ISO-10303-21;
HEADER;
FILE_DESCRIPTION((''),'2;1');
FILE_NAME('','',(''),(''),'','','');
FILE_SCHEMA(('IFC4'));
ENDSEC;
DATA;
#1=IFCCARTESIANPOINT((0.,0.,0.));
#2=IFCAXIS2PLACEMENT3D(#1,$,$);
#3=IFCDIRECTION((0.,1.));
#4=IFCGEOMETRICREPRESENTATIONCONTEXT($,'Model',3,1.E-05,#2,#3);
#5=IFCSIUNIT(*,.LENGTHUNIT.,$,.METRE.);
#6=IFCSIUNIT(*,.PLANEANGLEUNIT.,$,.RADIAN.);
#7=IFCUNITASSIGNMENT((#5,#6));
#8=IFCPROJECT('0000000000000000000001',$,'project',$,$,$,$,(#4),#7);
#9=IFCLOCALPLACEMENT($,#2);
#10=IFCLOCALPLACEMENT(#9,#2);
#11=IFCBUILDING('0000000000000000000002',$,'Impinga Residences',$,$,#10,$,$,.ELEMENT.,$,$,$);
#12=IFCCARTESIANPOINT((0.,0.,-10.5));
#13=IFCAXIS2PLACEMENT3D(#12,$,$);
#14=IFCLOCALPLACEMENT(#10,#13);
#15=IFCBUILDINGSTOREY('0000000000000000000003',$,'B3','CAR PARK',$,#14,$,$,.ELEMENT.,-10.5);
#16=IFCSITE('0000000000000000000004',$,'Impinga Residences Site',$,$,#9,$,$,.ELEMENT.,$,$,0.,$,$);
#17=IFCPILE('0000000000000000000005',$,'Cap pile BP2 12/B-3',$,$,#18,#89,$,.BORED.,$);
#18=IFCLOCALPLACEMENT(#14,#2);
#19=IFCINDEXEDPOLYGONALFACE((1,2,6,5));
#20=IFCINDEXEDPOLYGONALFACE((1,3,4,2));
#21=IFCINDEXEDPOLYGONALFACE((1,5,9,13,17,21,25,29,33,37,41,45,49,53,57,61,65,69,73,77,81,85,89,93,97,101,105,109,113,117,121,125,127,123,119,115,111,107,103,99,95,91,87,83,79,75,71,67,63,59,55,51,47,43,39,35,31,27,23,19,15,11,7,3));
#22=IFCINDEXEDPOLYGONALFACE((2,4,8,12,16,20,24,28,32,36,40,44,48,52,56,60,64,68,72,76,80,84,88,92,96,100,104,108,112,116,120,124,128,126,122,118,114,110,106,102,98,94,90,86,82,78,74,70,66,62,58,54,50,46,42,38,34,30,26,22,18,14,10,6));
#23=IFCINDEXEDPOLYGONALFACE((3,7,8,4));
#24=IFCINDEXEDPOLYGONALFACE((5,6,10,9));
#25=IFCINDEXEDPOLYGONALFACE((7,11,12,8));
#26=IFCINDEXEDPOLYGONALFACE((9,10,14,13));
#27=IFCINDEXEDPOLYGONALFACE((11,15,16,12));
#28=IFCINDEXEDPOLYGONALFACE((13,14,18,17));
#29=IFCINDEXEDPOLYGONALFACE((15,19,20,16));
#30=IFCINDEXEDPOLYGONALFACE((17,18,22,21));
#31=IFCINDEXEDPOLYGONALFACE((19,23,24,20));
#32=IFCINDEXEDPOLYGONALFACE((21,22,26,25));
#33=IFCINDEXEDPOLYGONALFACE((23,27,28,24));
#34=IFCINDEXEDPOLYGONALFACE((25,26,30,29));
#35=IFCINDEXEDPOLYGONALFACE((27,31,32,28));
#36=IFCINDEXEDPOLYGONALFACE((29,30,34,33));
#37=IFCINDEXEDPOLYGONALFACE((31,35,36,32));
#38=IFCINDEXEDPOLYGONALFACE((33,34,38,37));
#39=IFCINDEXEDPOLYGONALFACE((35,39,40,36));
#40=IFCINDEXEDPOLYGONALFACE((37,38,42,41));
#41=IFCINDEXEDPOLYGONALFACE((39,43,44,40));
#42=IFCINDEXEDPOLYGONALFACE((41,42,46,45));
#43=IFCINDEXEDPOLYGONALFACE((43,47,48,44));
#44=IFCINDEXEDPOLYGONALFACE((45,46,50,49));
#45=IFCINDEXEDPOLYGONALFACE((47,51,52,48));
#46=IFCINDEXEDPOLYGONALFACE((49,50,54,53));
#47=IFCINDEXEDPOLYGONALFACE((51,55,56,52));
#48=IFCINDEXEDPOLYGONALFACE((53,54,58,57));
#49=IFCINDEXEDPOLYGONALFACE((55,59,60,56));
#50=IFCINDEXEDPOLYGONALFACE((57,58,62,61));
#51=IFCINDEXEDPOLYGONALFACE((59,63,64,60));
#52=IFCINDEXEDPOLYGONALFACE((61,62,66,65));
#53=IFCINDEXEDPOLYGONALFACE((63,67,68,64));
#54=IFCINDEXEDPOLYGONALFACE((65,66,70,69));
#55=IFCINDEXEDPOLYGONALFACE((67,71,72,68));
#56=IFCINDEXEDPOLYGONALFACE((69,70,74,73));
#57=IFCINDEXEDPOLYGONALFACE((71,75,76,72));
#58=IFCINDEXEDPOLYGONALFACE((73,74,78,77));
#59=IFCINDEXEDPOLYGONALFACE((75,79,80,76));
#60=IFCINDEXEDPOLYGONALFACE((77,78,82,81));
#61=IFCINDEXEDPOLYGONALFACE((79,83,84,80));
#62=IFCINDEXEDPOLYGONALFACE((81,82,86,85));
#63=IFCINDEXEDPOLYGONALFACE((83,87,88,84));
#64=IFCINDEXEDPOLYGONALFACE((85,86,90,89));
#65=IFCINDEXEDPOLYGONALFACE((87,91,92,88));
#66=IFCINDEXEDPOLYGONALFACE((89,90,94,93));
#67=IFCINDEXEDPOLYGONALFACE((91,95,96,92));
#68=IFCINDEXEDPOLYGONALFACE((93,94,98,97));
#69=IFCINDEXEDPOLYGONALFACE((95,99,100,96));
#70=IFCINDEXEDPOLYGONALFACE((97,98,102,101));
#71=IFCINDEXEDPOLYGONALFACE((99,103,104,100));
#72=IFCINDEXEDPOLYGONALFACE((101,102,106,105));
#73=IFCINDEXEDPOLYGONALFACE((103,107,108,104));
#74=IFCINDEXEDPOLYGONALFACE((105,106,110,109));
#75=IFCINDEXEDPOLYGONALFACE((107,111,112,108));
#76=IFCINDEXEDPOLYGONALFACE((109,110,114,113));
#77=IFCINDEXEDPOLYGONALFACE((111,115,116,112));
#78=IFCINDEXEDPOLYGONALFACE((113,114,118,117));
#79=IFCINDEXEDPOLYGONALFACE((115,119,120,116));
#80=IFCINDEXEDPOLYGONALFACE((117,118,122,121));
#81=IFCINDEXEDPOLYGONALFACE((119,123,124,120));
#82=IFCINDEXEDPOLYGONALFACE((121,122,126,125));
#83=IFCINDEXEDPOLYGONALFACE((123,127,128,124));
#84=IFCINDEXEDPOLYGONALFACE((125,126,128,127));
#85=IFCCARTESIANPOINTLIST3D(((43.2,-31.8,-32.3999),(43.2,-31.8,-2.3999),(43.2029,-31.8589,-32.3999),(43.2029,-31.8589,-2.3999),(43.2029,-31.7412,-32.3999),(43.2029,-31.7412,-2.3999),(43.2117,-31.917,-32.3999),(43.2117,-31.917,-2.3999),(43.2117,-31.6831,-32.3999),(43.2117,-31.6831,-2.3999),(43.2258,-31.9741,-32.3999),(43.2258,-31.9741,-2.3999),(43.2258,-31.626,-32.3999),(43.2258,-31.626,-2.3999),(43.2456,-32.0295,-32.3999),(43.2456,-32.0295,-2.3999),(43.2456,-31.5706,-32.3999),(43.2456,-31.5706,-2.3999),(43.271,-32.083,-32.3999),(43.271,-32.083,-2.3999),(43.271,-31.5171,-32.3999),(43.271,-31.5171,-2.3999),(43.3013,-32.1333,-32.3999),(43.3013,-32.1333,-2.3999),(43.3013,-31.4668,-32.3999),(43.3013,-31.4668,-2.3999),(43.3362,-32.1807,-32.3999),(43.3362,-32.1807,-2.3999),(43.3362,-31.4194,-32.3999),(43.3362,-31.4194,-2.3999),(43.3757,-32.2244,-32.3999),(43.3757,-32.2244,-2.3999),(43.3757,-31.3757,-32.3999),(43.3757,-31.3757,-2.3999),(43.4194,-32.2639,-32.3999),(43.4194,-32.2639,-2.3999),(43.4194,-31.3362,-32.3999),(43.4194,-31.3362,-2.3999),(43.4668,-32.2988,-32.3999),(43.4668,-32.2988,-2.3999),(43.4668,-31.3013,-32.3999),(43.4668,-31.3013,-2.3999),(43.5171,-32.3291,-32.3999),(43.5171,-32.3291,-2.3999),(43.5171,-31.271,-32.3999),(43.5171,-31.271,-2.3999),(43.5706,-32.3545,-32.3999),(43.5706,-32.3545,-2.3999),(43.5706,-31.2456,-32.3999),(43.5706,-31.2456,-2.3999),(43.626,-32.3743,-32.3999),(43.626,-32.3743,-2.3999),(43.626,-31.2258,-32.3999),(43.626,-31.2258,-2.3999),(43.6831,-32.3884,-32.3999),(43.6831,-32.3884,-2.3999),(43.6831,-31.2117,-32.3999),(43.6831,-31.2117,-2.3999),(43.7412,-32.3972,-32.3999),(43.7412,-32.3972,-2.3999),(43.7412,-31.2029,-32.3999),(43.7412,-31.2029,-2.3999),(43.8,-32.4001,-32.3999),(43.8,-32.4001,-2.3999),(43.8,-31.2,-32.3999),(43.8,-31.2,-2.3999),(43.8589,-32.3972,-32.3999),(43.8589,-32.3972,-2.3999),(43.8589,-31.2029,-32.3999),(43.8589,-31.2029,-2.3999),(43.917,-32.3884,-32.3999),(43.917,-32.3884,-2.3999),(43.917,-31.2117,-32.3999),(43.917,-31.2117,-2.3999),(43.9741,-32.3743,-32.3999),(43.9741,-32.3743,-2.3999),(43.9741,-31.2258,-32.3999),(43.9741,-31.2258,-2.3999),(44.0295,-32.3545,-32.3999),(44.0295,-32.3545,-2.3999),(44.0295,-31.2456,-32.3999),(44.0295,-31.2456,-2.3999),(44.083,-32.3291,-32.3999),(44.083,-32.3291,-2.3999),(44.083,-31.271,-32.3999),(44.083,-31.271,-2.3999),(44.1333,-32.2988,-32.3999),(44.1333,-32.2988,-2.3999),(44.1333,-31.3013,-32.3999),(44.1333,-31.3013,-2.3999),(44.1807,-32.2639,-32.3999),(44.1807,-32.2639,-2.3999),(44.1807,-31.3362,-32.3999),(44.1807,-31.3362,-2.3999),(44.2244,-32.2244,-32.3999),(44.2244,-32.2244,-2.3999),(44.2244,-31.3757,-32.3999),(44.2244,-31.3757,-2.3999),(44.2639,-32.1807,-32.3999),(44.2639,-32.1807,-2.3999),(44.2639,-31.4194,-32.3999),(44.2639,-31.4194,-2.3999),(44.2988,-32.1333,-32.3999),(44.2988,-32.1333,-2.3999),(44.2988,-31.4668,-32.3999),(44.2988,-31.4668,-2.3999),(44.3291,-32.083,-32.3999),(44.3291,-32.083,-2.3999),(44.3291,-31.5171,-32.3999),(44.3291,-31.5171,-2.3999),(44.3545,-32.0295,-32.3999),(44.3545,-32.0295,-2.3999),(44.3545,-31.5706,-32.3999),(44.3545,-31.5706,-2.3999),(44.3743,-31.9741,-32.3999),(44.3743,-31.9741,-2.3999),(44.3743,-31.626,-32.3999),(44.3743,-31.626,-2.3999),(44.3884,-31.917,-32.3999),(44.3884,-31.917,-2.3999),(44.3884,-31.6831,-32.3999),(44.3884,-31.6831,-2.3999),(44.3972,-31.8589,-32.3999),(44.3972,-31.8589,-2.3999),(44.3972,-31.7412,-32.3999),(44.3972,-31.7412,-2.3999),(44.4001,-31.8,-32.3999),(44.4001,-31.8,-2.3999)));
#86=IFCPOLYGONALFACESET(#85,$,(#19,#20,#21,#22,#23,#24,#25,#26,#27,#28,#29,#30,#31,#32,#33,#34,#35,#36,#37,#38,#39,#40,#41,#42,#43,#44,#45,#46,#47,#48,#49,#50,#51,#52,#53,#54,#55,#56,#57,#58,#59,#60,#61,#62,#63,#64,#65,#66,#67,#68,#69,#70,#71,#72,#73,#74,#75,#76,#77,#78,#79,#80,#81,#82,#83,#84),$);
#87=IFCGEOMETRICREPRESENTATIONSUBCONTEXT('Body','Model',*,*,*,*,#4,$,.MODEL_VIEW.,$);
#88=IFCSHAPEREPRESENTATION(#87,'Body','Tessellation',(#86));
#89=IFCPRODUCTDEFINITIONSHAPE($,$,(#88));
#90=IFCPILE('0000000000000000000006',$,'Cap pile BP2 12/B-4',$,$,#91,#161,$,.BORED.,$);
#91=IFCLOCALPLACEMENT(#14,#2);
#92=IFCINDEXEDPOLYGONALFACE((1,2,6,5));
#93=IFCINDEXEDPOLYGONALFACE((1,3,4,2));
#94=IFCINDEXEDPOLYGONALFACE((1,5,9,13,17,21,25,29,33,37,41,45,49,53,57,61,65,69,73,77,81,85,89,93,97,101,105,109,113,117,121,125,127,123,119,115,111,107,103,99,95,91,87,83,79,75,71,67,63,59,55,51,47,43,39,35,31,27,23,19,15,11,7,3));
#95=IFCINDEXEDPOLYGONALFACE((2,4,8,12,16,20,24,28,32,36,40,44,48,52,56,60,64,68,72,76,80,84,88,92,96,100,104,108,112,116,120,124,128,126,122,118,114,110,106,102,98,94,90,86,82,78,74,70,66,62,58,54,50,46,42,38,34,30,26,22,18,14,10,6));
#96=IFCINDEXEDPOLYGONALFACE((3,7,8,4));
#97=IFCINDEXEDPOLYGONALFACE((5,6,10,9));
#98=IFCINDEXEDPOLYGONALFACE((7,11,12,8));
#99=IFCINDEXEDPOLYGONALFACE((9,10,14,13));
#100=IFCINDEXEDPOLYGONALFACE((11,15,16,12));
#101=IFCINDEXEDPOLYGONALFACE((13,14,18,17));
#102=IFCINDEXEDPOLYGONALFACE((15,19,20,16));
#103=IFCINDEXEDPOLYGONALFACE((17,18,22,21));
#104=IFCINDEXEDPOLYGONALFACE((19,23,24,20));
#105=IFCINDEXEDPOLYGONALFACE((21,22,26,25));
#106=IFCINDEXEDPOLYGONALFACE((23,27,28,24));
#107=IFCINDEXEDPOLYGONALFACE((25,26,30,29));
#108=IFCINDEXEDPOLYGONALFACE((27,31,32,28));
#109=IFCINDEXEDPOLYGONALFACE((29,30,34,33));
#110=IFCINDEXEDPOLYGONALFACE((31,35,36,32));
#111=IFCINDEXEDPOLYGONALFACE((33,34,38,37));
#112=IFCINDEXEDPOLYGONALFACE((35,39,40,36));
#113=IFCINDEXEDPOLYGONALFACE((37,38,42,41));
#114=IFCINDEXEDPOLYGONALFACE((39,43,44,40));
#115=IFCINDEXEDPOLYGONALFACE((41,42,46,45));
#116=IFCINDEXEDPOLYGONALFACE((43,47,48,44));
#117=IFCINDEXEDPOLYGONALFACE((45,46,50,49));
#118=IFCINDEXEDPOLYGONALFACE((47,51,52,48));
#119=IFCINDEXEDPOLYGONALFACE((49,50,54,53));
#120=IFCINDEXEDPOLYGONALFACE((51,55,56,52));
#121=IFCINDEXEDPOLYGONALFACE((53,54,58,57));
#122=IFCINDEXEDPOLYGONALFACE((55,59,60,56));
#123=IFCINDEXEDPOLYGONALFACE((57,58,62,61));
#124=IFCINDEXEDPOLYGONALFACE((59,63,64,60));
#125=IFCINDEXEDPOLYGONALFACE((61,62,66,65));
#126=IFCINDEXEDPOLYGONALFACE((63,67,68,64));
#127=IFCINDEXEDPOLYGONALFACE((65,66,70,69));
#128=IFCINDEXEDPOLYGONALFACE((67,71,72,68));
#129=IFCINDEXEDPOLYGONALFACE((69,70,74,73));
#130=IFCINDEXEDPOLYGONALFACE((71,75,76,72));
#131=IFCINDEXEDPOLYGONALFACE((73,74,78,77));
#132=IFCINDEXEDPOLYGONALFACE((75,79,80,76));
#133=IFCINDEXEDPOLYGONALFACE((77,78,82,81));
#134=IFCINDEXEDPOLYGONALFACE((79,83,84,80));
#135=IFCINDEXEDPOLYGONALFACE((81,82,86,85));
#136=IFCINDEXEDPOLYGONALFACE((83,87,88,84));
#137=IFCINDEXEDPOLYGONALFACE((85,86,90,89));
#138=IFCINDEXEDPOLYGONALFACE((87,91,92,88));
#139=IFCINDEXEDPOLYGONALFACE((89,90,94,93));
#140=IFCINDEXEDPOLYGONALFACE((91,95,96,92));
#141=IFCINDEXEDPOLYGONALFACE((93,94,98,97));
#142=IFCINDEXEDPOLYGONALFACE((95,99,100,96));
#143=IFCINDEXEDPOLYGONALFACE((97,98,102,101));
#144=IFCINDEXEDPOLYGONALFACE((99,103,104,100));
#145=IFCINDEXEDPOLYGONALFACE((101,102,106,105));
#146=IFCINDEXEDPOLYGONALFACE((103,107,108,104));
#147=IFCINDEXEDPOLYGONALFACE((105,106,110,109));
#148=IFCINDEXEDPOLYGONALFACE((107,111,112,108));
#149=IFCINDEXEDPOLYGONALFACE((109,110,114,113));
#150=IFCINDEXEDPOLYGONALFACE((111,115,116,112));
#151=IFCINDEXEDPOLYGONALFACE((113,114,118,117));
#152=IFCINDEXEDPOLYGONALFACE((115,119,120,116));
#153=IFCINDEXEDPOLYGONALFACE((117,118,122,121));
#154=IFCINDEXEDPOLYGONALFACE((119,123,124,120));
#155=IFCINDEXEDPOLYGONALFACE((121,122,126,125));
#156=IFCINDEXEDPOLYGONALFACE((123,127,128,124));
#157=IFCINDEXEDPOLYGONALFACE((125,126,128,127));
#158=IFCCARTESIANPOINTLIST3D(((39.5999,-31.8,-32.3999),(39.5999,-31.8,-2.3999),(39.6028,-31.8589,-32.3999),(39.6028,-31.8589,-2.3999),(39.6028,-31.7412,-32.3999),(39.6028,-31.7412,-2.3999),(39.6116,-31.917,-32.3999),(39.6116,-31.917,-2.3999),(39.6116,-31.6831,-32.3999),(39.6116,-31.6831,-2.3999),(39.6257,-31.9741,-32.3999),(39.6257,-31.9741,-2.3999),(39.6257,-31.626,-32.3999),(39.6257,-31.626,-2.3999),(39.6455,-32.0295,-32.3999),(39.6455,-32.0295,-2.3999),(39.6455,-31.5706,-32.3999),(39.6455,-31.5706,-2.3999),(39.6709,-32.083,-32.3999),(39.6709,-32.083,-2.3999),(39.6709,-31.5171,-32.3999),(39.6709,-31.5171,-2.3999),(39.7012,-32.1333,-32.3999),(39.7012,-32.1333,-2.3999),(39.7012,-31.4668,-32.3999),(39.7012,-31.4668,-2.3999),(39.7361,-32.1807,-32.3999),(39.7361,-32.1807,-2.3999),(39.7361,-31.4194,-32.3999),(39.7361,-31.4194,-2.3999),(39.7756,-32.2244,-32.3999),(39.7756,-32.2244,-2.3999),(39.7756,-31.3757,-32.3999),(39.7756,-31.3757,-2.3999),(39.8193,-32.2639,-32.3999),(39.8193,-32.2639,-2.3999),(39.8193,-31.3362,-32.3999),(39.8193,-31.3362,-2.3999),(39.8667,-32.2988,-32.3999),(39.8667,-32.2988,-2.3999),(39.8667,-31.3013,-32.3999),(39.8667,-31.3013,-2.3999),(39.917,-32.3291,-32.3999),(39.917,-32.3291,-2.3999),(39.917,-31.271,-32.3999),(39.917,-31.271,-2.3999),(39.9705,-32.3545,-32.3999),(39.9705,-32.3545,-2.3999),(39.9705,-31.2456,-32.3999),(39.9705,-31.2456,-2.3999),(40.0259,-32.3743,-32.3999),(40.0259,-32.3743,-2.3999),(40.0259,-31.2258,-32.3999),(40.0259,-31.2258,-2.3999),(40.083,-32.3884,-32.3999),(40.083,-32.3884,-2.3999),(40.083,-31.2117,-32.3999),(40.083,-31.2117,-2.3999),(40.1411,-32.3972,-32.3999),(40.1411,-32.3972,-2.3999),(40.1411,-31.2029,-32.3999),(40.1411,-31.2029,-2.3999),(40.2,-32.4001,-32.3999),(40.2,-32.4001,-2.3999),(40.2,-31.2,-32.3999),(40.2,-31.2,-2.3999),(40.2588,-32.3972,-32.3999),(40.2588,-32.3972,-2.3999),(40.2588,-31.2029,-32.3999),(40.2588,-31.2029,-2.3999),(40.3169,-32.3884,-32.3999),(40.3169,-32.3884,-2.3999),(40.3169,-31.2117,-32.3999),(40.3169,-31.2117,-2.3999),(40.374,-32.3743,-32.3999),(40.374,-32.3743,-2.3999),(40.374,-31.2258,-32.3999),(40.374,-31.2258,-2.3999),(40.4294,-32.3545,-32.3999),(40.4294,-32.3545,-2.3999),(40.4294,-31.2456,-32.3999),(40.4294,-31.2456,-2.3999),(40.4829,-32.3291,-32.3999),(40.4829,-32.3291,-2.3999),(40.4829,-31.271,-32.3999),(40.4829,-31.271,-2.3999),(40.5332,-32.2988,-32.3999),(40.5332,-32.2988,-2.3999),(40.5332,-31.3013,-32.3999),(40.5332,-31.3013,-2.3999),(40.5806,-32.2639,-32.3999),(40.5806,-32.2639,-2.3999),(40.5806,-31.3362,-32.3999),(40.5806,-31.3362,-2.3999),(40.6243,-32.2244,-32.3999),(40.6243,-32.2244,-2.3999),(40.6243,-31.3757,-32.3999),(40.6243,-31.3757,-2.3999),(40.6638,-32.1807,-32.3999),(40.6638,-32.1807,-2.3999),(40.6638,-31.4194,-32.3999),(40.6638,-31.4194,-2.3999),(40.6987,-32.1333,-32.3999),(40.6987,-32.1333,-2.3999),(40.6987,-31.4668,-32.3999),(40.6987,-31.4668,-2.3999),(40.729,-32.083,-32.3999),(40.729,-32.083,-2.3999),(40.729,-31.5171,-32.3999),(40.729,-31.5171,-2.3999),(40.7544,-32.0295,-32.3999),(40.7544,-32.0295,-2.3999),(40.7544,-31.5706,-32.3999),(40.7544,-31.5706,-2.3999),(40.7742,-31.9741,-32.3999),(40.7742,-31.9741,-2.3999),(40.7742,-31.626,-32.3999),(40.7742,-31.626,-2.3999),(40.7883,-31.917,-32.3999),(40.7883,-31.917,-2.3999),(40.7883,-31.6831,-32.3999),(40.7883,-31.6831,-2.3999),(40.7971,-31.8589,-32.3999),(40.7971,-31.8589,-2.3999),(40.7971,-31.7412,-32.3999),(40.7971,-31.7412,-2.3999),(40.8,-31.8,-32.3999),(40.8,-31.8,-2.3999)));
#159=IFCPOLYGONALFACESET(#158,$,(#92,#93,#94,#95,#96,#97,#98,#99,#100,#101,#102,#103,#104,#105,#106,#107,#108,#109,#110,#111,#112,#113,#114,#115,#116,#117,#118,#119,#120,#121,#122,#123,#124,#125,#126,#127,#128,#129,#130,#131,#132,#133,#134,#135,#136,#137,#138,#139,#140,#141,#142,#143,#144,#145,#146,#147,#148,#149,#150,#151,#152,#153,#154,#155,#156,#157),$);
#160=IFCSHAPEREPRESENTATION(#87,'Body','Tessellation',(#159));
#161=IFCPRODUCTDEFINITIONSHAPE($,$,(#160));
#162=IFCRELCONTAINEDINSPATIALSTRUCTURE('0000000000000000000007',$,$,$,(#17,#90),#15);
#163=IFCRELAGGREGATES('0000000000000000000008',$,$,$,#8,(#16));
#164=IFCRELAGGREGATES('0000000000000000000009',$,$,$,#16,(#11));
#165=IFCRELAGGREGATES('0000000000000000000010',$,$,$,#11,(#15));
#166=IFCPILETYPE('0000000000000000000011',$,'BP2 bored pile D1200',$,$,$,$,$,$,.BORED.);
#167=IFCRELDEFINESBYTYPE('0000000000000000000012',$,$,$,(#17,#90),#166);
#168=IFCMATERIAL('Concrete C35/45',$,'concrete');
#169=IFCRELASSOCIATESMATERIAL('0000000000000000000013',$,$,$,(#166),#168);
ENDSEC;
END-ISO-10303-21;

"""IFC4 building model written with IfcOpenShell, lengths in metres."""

from ifc_helpers import new_model, si_unit, direction, frame, origin, origin_2d, place, context, subcontext, project, spatial, polyline, circle, outline, extrude, material, material_profile, profile_set, type_object, element, save


model = new_model("IFC4")

# Units and contexts
model_context = context("Model", 3, precision=1e-05, world=origin(), true_north=direction((0.0, 1.0)))
body_context = subcontext(model_context, "Body", "Model", "MODEL_VIEW")
ifc_project = project(units=[si_unit("LENGTHUNIT", "METRE"), si_unit("PLANEANGLEUNIT", "RADIAN")], contexts=[model_context])

# Site, building, storey
site_placement = place(None, origin())
site = spatial("IfcSite", under=ifc_project, at=site_placement, Name="Impinga Residences Site", CompositionType="ELEMENT", RefElevation=0.0)
building_placement = place(site_placement, origin())
building = spatial("IfcBuilding", under=site, at=building_placement, Name="Impinga Residences", CompositionType="ELEMENT")
storey_placement = place(building_placement, frame((0.0, 0.0, -10.5)))
storey = spatial("IfcBuildingStorey", under=building, at=storey_placement, Name="B3", Description="CAR PARK", CompositionType="ELEMENT", Elevation=-10.5)

# Piles
ifc_material_1 = material(Name="Concrete C35/45", Category="concrete")
ifc_material_profile_1 = material_profile(ifc_material_1, circle(Radius=0.6001, at=origin_2d()), Name="D1200")
ifc_profile_set_1 = profile_set([ifc_material_profile_1], Name="Concrete C35/45")
pile_type_1 = type_object("IfcPileType", Name="BP2 bored pile D1200", PredefinedType="BORED", material=ifc_profile_set_1)
pile_1_placement = place(storey_placement, frame((43.8, -31.8, -2.3999), z_axis=(0.0, 0.0, -1.0), x_axis=(1.0, 0.0, 0.0)))
element("IfcPile", 1, at=pile_1_placement, inside=storey, type_object=pile_type_1, Name="Cap pile BP2 12/B-3", PredefinedType="BORED", context=body_context, shape_type="SweptSolid", body=[
    extrude(outline(polyline([(0.6001, 0.0), (0.5972, 0.0588), (0.5884, 0.1169), (0.5742, 0.1741), (0.5544, 0.2295), (0.5291, 0.283), (0.4988, 0.3333), (0.4639, 0.3806), (0.4243, 0.4243), (0.3806, 0.4639), (0.3333, 0.4988), (0.283, 0.5291), (0.2295, 0.5544), (0.1741, 0.5742), (0.1169, 0.5884), (0.0588, 0.5972), (0.0, 0.6001), (-0.0588, 0.5972), (-0.1169, 0.5884), (-0.1741, 0.5742), (-0.2295, 0.5544), (-0.283, 0.5291), (-0.3333, 0.4988), (-0.3806, 0.4639), (-0.4243, 0.4243), (-0.4639, 0.3806), (-0.4988, 0.3333), (-0.5291, 0.283), (-0.5544, 0.2295), (-0.5742, 0.1741), (-0.5884, 0.1169), (-0.5972, 0.0588), (-0.6001, 0.0), (-0.5972, -0.0588), (-0.5884, -0.1169), (-0.5742, -0.1741), (-0.5544, -0.2295), (-0.5291, -0.283), (-0.4988, -0.3333), (-0.4639, -0.3806), (-0.4243, -0.4243), (-0.3806, -0.4639), (-0.3333, -0.4988), (-0.283, -0.5291), (-0.2295, -0.5544), (-0.1741, -0.5742), (-0.1169, -0.5884), (-0.0588, -0.5972), (0.0, -0.6001), (0.0588, -0.5972), (0.1169, -0.5884), (0.1741, -0.5742), (0.2295, -0.5544), (0.283, -0.5291), (0.3333, -0.4988), (0.3806, -0.4639), (0.4243, -0.4243), (0.4639, -0.3806), (0.4988, -0.3333), (0.5291, -0.283), (0.5544, -0.2295), (0.5742, -0.1741), (0.5884, -0.1169), (0.5972, -0.0588), (0.6001, 0.0)])), origin(), (0.0, 0.0, 1.0), 30.0),
])
pile_2_placement = place(storey_placement, frame((40.2, -31.8, -2.3999), z_axis=(0.0, 0.0, -1.0), x_axis=(1.0, 0.0, 0.0)))
element("IfcPile", 2, at=pile_2_placement, inside=storey, type_object=pile_type_1, Name="Cap pile BP2 12/B-4", PredefinedType="BORED", context=body_context, shape_type="SweptSolid", body=[
    extrude(outline(polyline([(0.6001, 0.0), (0.5972, 0.0588), (0.5884, 0.1169), (0.5742, 0.1741), (0.5544, 0.2295), (0.5291, 0.283), (0.4988, 0.3333), (0.4639, 0.3806), (0.4243, 0.4243), (0.3806, 0.4639), (0.3333, 0.4988), (0.283, 0.5291), (0.2295, 0.5544), (0.1741, 0.5742), (0.1169, 0.5884), (0.0588, 0.5972), (0.0, 0.6001), (-0.0588, 0.5972), (-0.1169, 0.5884), (-0.1741, 0.5742), (-0.2295, 0.5544), (-0.283, 0.5291), (-0.3333, 0.4988), (-0.3806, 0.4639), (-0.4243, 0.4243), (-0.4639, 0.3806), (-0.4988, 0.3333), (-0.5291, 0.283), (-0.5544, 0.2295), (-0.5742, 0.1741), (-0.5884, 0.1169), (-0.5972, 0.0588), (-0.6001, 0.0), (-0.5972, -0.0588), (-0.5884, -0.1169), (-0.5742, -0.1741), (-0.5544, -0.2295), (-0.5291, -0.283), (-0.4988, -0.3333), (-0.4639, -0.3806), (-0.4243, -0.4243), (-0.3806, -0.4639), (-0.3333, -0.4988), (-0.283, -0.5291), (-0.2295, -0.5544), (-0.1741, -0.5742), (-0.1169, -0.5884), (-0.0588, -0.5972), (0.0, -0.6001), (0.0588, -0.5972), (0.1169, -0.5884), (0.1741, -0.5742), (0.2295, -0.5544), (0.283, -0.5291), (0.3333, -0.4988), (0.3806, -0.4639), (0.4243, -0.4243), (0.4639, -0.3806), (0.4988, -0.3333), (0.5291, -0.283), (0.5544, -0.2295), (0.5742, -0.1741), (0.5884, -0.1169), (0.5972, -0.0588), (0.6001, 0.0)])), origin(), (0.0, 0.0, 1.0), 30.0),
])

save(model, "model.ifc")
